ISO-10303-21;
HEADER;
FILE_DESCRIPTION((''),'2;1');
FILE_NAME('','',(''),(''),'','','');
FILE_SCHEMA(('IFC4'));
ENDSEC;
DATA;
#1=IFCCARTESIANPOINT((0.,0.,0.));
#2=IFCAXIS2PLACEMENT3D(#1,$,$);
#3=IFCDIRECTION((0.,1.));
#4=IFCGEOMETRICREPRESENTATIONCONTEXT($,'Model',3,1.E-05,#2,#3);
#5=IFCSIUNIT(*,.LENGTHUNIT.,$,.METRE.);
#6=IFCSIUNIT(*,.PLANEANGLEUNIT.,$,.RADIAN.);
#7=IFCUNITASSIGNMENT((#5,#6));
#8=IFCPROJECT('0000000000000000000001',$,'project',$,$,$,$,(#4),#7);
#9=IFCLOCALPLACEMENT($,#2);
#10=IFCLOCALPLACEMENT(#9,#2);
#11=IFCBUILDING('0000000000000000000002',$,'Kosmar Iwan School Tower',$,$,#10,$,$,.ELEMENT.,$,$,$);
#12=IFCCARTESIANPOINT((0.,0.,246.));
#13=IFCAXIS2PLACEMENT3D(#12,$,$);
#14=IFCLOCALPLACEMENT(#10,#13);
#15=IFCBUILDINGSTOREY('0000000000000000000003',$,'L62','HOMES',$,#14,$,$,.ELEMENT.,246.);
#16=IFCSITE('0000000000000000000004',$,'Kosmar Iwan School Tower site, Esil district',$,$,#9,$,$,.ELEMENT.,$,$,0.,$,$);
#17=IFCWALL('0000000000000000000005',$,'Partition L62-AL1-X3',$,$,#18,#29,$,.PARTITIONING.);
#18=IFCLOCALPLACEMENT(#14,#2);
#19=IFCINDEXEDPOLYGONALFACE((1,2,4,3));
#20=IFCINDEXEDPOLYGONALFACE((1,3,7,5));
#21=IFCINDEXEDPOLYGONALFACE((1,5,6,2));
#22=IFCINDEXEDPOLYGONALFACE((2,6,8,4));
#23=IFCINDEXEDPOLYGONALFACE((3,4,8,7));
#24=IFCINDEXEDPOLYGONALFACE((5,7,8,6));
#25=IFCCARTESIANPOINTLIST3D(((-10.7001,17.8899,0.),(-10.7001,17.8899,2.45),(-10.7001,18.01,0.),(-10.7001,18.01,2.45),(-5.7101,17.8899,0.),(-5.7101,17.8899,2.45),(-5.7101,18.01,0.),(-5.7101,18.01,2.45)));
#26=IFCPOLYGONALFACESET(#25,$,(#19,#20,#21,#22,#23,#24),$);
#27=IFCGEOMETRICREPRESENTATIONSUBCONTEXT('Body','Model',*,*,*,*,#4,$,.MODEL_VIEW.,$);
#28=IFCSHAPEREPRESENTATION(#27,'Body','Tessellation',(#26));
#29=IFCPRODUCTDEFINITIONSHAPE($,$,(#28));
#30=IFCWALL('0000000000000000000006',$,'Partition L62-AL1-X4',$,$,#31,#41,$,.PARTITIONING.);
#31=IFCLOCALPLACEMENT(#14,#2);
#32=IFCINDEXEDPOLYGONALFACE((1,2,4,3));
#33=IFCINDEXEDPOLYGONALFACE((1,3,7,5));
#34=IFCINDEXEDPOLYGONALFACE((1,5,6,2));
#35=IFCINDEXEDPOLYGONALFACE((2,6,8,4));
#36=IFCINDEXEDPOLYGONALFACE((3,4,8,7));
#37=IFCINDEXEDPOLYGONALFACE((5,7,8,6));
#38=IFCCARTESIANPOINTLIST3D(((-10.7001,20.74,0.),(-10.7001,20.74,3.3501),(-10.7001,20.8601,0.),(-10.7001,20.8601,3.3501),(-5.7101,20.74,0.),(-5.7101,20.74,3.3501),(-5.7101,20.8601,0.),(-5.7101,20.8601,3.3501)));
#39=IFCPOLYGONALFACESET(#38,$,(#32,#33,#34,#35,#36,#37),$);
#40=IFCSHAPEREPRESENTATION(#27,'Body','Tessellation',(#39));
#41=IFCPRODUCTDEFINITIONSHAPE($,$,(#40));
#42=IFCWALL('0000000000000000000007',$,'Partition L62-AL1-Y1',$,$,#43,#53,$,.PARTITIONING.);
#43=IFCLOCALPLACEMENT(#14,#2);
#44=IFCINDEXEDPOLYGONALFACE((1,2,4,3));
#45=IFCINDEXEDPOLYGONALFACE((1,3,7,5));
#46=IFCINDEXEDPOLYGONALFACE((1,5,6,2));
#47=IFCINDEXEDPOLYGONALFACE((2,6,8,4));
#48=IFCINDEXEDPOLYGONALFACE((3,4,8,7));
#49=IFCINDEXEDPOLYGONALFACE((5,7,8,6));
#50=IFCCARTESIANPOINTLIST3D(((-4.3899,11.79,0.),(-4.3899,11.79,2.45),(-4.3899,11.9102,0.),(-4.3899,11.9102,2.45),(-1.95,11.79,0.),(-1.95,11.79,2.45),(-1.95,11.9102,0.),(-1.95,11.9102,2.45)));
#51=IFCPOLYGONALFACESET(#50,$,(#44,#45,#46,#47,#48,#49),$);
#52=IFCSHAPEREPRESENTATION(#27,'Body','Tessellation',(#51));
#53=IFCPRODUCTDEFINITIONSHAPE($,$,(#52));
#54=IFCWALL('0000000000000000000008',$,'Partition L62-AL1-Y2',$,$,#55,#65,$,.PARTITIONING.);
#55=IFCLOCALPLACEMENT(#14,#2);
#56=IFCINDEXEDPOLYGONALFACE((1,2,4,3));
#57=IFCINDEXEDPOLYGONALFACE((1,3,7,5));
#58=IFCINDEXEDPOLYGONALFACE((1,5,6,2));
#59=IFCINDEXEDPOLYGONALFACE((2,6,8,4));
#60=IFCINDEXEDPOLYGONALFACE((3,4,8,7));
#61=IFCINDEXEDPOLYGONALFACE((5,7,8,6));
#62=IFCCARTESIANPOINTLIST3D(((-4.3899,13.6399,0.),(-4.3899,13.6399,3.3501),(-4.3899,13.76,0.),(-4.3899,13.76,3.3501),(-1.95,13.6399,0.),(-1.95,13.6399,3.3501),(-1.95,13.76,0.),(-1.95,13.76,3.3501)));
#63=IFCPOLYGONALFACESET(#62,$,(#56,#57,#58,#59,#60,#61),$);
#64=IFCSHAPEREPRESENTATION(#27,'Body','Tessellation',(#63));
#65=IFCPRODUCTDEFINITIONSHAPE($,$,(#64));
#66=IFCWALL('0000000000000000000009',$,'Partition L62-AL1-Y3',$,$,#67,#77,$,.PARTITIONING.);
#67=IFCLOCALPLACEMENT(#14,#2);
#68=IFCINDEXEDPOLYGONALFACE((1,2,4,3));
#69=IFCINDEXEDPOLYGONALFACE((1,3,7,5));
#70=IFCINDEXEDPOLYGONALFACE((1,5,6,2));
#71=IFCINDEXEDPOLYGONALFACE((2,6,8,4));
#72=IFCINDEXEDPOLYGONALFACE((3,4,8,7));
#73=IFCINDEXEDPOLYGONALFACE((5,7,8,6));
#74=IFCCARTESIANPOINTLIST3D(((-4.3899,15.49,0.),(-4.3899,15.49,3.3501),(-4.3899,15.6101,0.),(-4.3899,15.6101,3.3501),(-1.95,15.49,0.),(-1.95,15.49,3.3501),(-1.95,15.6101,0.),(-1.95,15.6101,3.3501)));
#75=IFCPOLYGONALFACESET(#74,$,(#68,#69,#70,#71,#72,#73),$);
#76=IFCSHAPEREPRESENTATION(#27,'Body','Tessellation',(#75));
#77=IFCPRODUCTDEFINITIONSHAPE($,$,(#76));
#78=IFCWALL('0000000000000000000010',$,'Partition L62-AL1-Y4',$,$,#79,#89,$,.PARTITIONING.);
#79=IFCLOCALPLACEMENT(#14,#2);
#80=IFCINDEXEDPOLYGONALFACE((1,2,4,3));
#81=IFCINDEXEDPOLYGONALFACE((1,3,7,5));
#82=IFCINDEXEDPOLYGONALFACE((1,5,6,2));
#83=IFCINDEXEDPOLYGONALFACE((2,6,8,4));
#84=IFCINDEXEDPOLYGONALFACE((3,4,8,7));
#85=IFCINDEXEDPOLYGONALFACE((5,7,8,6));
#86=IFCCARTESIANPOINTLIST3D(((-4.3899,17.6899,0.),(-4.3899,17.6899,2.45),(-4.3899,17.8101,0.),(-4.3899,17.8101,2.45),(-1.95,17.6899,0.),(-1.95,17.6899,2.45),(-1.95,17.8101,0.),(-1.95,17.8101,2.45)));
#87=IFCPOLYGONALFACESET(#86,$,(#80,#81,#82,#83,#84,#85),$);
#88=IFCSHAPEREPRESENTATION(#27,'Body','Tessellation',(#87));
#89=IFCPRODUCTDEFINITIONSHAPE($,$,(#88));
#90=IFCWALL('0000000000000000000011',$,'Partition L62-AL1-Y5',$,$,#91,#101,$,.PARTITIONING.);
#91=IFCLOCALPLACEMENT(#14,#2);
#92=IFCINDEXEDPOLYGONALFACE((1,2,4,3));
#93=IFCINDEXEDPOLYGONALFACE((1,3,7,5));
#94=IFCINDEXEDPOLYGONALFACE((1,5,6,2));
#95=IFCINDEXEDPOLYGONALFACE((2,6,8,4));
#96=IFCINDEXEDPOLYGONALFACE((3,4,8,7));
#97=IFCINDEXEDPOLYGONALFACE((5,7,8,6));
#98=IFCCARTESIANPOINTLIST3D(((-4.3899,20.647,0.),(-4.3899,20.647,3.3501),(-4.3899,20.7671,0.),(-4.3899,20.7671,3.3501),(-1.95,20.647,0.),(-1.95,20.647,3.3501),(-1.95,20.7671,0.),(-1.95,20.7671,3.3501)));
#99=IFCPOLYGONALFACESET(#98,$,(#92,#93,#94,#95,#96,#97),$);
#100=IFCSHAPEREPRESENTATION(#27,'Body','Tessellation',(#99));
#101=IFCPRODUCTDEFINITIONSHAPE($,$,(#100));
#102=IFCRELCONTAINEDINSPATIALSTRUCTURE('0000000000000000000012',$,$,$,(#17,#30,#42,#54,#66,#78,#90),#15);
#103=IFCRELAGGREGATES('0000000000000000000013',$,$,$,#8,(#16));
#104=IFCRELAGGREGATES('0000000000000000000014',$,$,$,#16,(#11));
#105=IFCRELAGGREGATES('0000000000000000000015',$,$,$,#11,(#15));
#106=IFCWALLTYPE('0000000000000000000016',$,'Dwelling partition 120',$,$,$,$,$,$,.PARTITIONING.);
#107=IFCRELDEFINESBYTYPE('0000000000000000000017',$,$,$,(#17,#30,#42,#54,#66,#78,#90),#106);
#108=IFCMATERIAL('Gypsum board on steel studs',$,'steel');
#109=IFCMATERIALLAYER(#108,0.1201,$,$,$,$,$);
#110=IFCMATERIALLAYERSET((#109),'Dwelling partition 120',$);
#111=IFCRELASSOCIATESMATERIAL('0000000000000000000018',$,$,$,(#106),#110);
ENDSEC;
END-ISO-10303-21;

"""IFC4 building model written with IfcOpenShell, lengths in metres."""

from ifc_helpers import new_model, si_unit, direction, frame, frame_2d, origin, place, context, subcontext, project, spatial, rectangle, extrude, material, layer, layer_set, type_object, element, save


model = new_model("IFC4")

# Units and contexts
model_context = context("Model", 3, precision=1e-05, world=origin(), true_north=direction((0.0, 1.0)))
body_context = subcontext(model_context, "Body", "Model", "MODEL_VIEW")
ifc_project = project(units=[si_unit("LENGTHUNIT", "METRE"), si_unit("PLANEANGLEUNIT", "RADIAN")], contexts=[model_context])

# Site, building, storey
site_placement = place(None, origin())
site = spatial("IfcSite", under=ifc_project, at=site_placement, Name="Kosmar Iwan School Tower site, Esil district", CompositionType="ELEMENT", RefElevation=0.0)
building_placement = place(site_placement, origin())
building = spatial("IfcBuilding", under=site, at=building_placement, Name="Kosmar Iwan School Tower", CompositionType="ELEMENT")
storey_placement = place(building_placement, frame((0.0, 0.0, 246.0)))
storey = spatial("IfcBuildingStorey", under=building, at=storey_placement, Name="L62", Description="HOMES", CompositionType="ELEMENT", Elevation=246.0)

# Shared definitions
ifc_material_1 = material(Name="Gypsum board on steel studs", Category="steel")
ifc_layer_1 = layer(ifc_material_1, 0.1201)
ifc_layer_set_1 = layer_set([ifc_layer_1], Name="Dwelling partition 120")
wall_type_1 = type_object("IfcWallType", Name="Dwelling partition 120", PredefinedType="PARTITIONING", material=ifc_layer_set_1)

# Walls
wall_1_placement = place(storey_placement, frame((-5.71, 17.95, 0.0), z_axis=(0.0, 0.0, 1.0), x_axis=(-1.0, 0.0, 0.0)))
element("IfcWall", 1, at=wall_1_placement, inside=storey, type_object=wall_type_1, Name="Partition L62-AL1-X3", PredefinedType="PARTITIONING", context=body_context, shape_type="SweptSolid", body=[
    extrude(rectangle(XDim=4.99, YDim=0.1201, at=frame_2d((2.4951, 0.0))), origin(), (0.0, 0.0, 1.0), 2.45),
])
wall_2_placement = place(storey_placement, frame((-5.71, 20.8, 0.0), z_axis=(0.0, 0.0, 1.0), x_axis=(-1.0, 0.0, 0.0)))
element("IfcWall", 2, at=wall_2_placement, inside=storey, type_object=wall_type_1, Name="Partition L62-AL1-X4", PredefinedType="PARTITIONING", context=body_context, shape_type="SweptSolid", body=[
    extrude(rectangle(XDim=4.99, YDim=0.1201, at=frame_2d((2.4951, 0.0))), origin(), (0.0, 0.0, 1.0), 3.3501),
])
wall_3_placement = place(storey_placement, frame((-1.95, 11.8501, 0.0), z_axis=(0.0, 0.0, 1.0), x_axis=(-1.0, 0.0, 0.0)))
element("IfcWall", 3, at=wall_3_placement, inside=storey, type_object=wall_type_1, Name="Partition L62-AL1-Y1", PredefinedType="PARTITIONING", context=body_context, shape_type="SweptSolid", body=[
    extrude(rectangle(XDim=2.4399, YDim=0.1201, at=frame_2d((1.22, 0.0))), origin(), (0.0, 0.0, 1.0), 2.45),
])
for number, where, z_axis, x_axis, name in (
    (4, (-1.95, 13.7, 0.0), (0.0, 0.0, 1.0), (-1.0, 0.0, 0.0), "Partition L62-AL1-Y2"),
    (5, (-1.95, 15.55, 0.0), (0.0, 0.0, 1.0), (-1.0, 0.0, 0.0), "Partition L62-AL1-Y3"),
):
    element("IfcWall", number, at=place(storey_placement, frame(where, z_axis=z_axis, x_axis=x_axis)), inside=storey, type_object=wall_type_1, Name=name, PredefinedType="PARTITIONING", context=body_context, shape_type="SweptSolid", body=[
        extrude(rectangle(XDim=2.4399, YDim=0.1201, at=frame_2d((1.22, 0.0))), origin(), (0.0, 0.0, 1.0), 3.3501),
    ])
wall_4_placement = place(storey_placement, frame((-1.95, 17.75, 0.0), z_axis=(0.0, 0.0, 1.0), x_axis=(-1.0, 0.0, 0.0)))
element("IfcWall", 6, at=wall_4_placement, inside=storey, type_object=wall_type_1, Name="Partition L62-AL1-Y4", PredefinedType="PARTITIONING", context=body_context, shape_type="SweptSolid", body=[
    extrude(rectangle(XDim=2.4399, YDim=0.1201, at=frame_2d((1.22, 0.0))), origin(), (0.0, 0.0, 1.0), 2.45),
])
wall_5_placement = place(storey_placement, frame((-1.95, 20.707, 0.0), z_axis=(0.0, 0.0, 1.0), x_axis=(-1.0, 0.0, 0.0)))
element("IfcWall", 7, at=wall_5_placement, inside=storey, type_object=wall_type_1, Name="Partition L62-AL1-Y5", PredefinedType="PARTITIONING", context=body_context, shape_type="SweptSolid", body=[
    extrude(rectangle(XDim=2.4399, YDim=0.1201, at=frame_2d((1.22, 0.0))), origin(), (0.0, 0.0, 1.0), 3.3501),
])

save(model, "model.ifc")
